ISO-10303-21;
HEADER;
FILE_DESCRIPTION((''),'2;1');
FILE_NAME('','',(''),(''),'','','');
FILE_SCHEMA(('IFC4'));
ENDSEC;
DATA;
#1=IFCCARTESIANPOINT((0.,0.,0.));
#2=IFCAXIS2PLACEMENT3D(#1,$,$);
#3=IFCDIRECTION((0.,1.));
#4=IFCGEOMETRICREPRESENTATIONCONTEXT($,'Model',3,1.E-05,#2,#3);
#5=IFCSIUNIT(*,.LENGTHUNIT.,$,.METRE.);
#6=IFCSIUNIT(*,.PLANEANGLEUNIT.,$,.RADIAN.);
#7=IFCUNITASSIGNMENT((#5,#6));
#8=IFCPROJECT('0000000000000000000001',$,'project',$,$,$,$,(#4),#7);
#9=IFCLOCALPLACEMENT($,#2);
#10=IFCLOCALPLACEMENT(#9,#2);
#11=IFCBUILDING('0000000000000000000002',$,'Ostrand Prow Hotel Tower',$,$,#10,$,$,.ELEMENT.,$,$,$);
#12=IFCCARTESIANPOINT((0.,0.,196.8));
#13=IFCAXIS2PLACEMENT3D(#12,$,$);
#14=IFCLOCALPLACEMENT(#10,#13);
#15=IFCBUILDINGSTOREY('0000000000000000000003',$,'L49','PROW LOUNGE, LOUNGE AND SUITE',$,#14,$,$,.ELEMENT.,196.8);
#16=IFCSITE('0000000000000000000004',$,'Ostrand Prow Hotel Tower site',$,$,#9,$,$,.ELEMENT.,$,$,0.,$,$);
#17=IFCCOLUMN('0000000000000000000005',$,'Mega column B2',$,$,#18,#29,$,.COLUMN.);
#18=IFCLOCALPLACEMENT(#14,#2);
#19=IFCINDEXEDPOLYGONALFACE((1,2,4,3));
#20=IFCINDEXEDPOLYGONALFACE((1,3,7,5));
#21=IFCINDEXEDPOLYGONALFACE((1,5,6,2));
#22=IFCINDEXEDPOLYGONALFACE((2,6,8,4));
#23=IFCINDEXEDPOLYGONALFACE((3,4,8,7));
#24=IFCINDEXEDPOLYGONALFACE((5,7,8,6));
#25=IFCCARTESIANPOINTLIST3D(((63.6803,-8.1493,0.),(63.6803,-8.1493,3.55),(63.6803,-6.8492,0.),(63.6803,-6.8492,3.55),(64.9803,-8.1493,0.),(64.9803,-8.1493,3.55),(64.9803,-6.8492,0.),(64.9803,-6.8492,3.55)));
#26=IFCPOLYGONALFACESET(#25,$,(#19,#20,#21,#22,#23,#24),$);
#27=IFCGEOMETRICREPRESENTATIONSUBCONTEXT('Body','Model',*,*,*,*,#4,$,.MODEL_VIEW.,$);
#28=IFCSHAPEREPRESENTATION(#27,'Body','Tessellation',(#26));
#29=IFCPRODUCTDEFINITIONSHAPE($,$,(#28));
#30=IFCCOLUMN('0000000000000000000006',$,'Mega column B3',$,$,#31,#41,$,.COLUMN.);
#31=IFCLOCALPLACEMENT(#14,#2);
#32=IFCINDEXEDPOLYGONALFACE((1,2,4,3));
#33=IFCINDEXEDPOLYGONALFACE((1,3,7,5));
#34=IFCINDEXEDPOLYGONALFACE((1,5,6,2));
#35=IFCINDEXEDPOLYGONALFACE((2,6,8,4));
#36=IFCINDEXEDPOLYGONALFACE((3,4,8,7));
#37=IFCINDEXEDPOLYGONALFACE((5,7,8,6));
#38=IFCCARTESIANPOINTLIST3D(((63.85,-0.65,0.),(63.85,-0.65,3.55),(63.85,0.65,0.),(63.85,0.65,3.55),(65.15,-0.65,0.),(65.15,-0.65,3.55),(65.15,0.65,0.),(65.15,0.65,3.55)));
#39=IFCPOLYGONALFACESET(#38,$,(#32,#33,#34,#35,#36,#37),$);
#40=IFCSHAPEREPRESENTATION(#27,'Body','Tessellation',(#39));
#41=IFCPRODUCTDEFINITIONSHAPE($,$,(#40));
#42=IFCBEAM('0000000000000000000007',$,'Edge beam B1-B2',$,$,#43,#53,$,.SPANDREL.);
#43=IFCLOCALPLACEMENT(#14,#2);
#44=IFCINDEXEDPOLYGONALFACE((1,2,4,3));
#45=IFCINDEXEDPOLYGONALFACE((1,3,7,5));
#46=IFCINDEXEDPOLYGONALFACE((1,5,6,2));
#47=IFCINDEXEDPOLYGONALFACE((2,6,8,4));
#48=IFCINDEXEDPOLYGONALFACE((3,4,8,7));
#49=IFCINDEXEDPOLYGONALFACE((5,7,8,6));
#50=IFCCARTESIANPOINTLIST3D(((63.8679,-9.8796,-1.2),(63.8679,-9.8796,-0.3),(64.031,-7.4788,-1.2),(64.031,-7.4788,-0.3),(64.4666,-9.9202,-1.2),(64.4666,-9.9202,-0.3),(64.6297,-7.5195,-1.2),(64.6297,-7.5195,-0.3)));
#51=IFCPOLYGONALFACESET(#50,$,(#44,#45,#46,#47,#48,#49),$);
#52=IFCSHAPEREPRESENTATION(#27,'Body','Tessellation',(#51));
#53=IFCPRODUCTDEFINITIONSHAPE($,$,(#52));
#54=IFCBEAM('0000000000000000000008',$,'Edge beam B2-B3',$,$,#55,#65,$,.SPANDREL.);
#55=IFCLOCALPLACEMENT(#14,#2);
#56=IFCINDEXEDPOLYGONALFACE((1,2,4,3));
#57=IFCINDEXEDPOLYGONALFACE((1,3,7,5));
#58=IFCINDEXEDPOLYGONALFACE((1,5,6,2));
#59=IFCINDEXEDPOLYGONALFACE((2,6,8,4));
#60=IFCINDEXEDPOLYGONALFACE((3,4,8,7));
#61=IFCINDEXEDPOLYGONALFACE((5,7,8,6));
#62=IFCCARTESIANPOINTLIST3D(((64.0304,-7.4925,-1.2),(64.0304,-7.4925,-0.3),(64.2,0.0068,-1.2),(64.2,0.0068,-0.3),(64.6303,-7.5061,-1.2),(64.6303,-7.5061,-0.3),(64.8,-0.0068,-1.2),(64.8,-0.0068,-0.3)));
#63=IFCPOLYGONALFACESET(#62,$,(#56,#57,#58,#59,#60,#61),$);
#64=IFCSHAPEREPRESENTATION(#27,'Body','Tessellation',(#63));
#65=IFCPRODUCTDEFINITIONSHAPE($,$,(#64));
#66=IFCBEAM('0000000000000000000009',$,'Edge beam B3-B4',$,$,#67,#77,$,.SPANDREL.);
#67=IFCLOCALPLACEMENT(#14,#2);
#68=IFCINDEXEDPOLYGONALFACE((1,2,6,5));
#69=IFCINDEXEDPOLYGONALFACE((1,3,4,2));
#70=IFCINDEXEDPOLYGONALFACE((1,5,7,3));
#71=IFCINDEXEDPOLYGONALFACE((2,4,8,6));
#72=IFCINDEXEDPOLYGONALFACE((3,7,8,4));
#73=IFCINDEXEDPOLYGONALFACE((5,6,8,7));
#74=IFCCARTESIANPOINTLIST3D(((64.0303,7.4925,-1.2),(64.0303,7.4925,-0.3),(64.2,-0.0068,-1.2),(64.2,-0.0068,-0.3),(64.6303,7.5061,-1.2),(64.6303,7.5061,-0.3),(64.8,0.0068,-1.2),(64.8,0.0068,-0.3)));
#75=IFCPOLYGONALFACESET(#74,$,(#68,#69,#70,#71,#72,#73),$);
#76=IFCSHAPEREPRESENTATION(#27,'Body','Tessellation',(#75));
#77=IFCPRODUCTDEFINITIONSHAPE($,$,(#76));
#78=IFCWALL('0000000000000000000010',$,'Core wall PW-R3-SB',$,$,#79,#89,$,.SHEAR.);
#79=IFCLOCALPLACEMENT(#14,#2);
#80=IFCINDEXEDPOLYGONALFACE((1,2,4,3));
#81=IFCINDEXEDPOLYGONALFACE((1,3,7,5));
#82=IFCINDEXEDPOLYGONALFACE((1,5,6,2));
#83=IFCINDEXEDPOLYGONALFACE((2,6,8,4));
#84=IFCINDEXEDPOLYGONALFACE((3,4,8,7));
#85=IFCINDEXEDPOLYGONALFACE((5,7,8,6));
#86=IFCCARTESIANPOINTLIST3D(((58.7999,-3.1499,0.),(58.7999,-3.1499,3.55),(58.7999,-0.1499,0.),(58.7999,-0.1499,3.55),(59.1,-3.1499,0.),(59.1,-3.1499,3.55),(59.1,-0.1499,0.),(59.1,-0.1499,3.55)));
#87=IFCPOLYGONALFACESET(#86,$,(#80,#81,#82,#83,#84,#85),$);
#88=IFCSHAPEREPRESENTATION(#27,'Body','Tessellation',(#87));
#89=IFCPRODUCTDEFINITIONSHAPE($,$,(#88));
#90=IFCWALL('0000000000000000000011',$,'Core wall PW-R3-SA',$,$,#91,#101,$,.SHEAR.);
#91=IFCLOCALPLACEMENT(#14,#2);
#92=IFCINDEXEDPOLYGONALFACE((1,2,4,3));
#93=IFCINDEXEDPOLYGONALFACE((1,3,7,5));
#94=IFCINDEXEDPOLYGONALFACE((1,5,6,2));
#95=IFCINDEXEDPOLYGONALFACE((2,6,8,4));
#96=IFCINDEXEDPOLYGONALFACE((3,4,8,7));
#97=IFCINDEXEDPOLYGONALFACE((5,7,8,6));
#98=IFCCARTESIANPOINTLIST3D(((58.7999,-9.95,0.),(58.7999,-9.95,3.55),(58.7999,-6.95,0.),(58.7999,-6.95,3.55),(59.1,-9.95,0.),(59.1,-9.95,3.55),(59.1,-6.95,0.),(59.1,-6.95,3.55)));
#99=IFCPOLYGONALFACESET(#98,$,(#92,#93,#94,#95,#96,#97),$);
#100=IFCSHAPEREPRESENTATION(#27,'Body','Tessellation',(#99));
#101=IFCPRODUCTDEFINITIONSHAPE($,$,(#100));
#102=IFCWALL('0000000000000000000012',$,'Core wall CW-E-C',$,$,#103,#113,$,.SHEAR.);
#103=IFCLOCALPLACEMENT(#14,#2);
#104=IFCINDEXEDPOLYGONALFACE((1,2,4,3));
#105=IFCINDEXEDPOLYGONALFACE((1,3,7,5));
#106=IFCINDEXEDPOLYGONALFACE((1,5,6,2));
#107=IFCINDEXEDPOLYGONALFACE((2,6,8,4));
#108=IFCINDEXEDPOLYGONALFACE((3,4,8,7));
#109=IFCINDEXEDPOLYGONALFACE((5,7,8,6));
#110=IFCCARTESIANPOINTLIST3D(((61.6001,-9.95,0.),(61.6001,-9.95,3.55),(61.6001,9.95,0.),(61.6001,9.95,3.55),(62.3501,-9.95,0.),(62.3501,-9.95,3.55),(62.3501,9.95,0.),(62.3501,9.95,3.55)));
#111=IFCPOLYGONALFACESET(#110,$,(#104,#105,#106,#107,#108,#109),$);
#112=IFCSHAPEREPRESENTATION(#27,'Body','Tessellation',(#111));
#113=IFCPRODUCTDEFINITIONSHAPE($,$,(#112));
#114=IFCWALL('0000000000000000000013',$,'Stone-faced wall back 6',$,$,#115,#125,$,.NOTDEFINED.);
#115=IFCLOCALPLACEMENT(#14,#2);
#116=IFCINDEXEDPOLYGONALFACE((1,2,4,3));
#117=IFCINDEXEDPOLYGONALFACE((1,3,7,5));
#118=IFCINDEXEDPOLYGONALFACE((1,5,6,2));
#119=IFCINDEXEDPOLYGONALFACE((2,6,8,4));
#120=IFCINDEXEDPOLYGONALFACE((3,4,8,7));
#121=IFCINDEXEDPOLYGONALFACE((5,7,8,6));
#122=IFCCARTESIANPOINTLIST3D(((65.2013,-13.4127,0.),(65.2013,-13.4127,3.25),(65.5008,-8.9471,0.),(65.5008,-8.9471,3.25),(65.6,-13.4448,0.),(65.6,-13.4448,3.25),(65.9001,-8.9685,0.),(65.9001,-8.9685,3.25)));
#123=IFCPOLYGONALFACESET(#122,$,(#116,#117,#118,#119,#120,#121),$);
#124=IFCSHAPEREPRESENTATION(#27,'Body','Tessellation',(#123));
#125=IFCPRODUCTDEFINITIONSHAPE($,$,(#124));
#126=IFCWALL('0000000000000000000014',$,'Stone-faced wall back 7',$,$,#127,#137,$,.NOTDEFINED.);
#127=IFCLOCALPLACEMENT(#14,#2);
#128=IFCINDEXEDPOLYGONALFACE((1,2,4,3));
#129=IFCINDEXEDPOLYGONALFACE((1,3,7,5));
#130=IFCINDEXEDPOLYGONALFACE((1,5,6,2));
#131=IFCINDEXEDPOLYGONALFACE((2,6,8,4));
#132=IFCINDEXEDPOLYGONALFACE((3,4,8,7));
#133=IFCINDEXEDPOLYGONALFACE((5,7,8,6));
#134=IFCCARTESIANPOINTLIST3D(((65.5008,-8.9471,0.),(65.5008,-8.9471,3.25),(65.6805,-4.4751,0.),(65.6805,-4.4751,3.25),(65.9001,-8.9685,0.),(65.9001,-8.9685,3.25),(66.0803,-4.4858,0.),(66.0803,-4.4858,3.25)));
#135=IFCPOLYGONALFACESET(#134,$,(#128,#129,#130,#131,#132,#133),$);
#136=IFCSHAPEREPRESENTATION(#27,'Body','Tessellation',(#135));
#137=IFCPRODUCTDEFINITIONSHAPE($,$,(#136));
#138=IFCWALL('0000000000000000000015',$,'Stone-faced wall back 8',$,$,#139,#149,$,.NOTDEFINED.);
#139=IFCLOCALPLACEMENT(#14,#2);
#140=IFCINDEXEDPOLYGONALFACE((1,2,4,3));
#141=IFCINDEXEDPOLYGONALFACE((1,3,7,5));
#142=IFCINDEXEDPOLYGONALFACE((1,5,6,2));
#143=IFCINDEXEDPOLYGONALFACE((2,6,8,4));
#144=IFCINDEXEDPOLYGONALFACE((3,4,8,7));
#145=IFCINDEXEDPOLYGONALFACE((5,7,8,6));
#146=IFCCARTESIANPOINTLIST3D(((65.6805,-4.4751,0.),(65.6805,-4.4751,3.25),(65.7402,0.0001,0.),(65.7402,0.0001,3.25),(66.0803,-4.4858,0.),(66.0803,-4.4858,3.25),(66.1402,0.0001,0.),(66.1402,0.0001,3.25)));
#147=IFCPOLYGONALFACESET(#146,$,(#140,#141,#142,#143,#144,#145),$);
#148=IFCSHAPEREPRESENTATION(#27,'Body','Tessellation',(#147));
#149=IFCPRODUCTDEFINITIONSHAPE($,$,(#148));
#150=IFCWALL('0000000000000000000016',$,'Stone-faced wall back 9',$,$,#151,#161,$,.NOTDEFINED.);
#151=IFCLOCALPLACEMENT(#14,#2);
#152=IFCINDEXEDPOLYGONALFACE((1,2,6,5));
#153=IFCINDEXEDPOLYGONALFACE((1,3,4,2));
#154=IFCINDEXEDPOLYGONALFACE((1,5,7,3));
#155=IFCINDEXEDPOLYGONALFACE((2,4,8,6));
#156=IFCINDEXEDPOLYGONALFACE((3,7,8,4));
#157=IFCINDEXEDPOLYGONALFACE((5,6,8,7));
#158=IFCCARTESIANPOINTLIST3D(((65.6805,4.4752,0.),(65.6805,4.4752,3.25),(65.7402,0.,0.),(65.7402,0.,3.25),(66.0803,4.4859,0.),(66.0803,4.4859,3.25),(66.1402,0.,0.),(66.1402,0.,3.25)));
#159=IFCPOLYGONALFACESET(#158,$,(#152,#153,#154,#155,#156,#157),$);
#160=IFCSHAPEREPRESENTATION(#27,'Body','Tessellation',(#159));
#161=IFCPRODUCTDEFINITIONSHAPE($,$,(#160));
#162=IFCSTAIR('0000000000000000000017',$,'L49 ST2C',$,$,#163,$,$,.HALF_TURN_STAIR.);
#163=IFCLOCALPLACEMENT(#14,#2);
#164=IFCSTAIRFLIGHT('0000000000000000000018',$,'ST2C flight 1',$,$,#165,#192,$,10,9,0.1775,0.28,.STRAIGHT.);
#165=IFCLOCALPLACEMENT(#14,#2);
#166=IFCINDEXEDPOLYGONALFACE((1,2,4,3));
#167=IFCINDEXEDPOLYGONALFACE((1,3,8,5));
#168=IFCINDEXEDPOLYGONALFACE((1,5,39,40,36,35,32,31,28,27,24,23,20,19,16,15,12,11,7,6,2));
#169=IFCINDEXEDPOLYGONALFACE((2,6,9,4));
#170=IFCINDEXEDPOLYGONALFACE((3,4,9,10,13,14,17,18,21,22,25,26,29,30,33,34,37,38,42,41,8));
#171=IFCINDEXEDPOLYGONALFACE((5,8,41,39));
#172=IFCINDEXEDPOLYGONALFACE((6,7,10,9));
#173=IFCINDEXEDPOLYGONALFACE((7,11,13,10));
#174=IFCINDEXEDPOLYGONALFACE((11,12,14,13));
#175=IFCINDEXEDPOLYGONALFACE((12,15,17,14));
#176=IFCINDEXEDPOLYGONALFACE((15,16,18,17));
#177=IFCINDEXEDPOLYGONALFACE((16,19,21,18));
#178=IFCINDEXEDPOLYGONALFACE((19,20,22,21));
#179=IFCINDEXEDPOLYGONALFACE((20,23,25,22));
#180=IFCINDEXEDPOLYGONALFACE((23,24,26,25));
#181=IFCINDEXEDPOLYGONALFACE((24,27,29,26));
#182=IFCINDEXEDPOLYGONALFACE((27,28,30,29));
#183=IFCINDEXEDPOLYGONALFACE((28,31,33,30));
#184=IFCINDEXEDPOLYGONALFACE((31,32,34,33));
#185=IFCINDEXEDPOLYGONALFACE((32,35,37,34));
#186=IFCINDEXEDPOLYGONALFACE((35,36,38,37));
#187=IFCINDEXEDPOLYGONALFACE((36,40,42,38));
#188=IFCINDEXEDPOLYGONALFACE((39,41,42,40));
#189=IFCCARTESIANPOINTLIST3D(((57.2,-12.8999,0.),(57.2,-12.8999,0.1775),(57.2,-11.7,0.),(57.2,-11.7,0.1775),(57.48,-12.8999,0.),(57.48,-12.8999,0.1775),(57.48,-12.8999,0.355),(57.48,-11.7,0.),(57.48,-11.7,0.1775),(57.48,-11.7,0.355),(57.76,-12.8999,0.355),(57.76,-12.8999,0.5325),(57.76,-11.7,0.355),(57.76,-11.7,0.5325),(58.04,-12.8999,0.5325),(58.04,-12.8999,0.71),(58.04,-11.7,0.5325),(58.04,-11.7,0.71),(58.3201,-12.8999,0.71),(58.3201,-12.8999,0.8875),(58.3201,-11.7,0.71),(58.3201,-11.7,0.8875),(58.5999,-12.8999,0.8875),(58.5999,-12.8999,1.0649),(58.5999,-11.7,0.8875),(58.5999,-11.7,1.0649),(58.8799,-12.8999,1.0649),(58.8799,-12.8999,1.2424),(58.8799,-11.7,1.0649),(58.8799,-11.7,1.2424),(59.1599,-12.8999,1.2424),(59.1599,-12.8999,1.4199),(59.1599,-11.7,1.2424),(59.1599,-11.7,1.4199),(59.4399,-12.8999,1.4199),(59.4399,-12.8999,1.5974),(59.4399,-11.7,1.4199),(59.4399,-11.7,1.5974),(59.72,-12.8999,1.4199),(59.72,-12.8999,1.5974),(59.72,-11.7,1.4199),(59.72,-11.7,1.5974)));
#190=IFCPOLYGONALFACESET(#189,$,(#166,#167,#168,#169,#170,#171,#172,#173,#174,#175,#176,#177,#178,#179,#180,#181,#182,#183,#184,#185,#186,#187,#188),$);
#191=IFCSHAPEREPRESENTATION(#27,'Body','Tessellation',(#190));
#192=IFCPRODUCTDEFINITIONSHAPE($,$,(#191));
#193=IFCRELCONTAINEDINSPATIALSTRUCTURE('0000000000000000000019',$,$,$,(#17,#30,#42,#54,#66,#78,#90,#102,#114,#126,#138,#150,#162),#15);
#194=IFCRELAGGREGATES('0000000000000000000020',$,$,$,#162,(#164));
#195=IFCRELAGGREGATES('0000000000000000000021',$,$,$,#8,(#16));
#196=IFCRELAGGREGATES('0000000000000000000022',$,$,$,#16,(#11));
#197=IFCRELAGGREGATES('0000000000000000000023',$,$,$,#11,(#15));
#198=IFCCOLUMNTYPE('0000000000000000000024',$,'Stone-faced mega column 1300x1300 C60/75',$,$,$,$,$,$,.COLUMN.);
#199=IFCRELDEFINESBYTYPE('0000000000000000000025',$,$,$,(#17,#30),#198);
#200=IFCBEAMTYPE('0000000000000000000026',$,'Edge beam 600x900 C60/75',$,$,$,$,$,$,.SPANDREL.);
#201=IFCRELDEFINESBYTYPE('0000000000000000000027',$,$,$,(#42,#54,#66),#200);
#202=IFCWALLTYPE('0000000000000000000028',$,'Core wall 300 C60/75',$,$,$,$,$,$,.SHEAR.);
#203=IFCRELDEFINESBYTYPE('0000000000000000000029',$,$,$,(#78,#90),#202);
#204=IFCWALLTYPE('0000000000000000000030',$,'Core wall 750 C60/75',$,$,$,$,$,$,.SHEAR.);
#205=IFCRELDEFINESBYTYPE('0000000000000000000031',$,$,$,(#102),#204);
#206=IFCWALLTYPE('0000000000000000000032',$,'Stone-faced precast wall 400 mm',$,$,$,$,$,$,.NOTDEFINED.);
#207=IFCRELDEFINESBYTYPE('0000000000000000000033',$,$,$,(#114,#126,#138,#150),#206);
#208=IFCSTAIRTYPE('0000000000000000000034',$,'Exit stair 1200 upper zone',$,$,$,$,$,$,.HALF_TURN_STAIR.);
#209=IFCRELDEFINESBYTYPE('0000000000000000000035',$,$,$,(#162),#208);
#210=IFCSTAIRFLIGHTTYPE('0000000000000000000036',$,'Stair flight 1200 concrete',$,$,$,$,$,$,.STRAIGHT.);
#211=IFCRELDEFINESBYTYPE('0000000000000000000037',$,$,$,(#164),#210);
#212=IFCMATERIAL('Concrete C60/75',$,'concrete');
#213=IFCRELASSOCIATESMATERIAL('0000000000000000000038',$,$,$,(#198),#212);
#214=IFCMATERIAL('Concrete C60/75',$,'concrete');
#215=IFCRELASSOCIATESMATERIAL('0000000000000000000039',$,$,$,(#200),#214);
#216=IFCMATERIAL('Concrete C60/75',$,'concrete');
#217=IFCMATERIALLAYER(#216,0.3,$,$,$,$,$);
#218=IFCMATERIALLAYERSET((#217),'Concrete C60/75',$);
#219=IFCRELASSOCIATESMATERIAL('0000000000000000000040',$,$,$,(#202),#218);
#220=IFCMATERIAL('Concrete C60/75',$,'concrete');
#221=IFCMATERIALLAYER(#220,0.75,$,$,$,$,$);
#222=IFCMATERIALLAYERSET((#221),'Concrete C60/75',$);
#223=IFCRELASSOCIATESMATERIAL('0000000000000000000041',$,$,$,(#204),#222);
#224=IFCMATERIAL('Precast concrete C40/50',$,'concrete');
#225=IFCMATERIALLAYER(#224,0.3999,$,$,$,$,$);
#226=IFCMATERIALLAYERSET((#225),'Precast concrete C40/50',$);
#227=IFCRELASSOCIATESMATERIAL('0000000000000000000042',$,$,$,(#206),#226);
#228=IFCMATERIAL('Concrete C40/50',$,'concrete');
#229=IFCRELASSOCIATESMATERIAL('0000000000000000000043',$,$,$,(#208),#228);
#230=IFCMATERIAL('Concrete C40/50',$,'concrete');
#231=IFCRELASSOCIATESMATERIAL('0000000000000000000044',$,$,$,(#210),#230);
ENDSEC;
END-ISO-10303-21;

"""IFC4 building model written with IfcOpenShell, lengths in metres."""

from ifc_helpers import new_model, si_unit, direction, frame, frame_2d, origin, origin_2d, place, context, subcontext, project, spatial, polyline, rectangle, outline, extrude, material, layer, layer_set, material_profile, profile_set, type_object, element, aggregate, save


model = new_model("IFC4")

# Units and contexts
model_context = context("Model", 3, precision=1e-05, world=origin(), true_north=direction((0.0, 1.0)))
body_context = subcontext(model_context, "Body", "Model", "MODEL_VIEW")
ifc_project = project(units=[si_unit("LENGTHUNIT", "METRE"), si_unit("PLANEANGLEUNIT", "RADIAN")], contexts=[model_context])

# Site, building, storey
site_placement = place(None, origin())
site = spatial("IfcSite", under=ifc_project, at=site_placement, Name="Ostrand Prow Hotel Tower site", CompositionType="ELEMENT", RefElevation=0.0)
building_placement = place(site_placement, origin())
building = spatial("IfcBuilding", under=site, at=building_placement, Name="Ostrand Prow Hotel Tower", CompositionType="ELEMENT")
storey_placement = place(building_placement, frame((0.0, 0.0, 196.8)))
storey = spatial("IfcBuildingStorey", under=building, at=storey_placement, Name="L49", Description="PROW LOUNGE, LOUNGE AND SUITE", CompositionType="ELEMENT", Elevation=196.8)

# Columns
ifc_material_1 = material(Name="Concrete C60/75", Category="concrete")
ifc_material_profile_1 = material_profile(ifc_material_1, rectangle(XDim=1.3, YDim=1.3, at=origin_2d()), Name="RC 1300x1300")
ifc_profile_set_1 = profile_set([ifc_material_profile_1], Name="Concrete C60/75")
column_type = type_object("IfcColumnType", Name="Stone-faced mega column 1300x1300 C60/75", PredefinedType="COLUMN", material=ifc_profile_set_1)
for number, where, z_axis, x_axis, name in (
    (1, (64.3303, -7.4993, 0.0), (0.0, 0.0, 1.0), (1.0, 0.0, 0.0), "Mega column B2"),
    (2, (64.5, 0.0, 0.0), (0.0, 0.0, 1.0), (1.0, 0.0, 0.0), "Mega column B3"),
):
    element("IfcColumn", number, at=place(storey_placement, frame(where, z_axis=z_axis, x_axis=x_axis)), inside=storey, type_object=column_type, Name=name, PredefinedType="COLUMN", context=body_context, shape_type="SweptSolid", body=[
        extrude(rectangle(XDim=1.3, YDim=1.3, at=origin_2d()), origin(), (0.0, 0.0, 1.0), 3.55),
    ])

# Beams
ifc_material_2 = material(Name="Concrete C60/75", Category="concrete")
ifc_material_profile_2 = material_profile(ifc_material_2, rectangle(XDim=0.6001, YDim=0.8999, at=origin_2d()), Name="RC 600x900")
ifc_profile_set_2 = profile_set([ifc_material_profile_2], Name="Concrete C60/75")
beam_type = type_object("IfcBeamType", Name="Edge beam 600x900 C60/75", PredefinedType="SPANDREL", material=ifc_profile_set_2)
beam_placement = place(storey_placement, frame((64.1672, -9.8999, -0.75), z_axis=(0.067778, 0.9977, 0.0), x_axis=(-0.9977, 0.067778, 0.0)))
element("IfcBeam", 3, at=beam_placement, inside=storey, type_object=beam_type, Name="Edge beam B1-B2", PredefinedType="SPANDREL", context=body_context, shape_type="SweptSolid", body=[
    extrude(rectangle(XDim=0.6001, YDim=0.8999, at=origin_2d()), origin(), (0.0, 0.0, 1.0), 2.4062),
])
for number, where, z_axis, x_axis, name in (
    (4, (64.3303, -7.4993, -0.75), (0.02262, 0.999744, 0.0), (-0.999744, 0.02262, 0.0), "Edge beam B2-B3"),
    (5, (64.5, 0.0, -0.75), (-0.02262, 0.999744, 0.0), (-0.999744, -0.02262, 0.0), "Edge beam B3-B4"),
):
    element("IfcBeam", number, at=place(storey_placement, frame(where, z_axis=z_axis, x_axis=x_axis)), inside=storey, type_object=beam_type, Name=name, PredefinedType="SPANDREL", context=body_context, shape_type="SweptSolid", body=[
        extrude(rectangle(XDim=0.6001, YDim=0.8999, at=origin_2d()), origin(), (0.0, 0.0, 1.0), 7.5012),
    ])

# Walls
ifc_material_3 = material(Name="Concrete C60/75", Category="concrete")
ifc_layer_1 = layer(ifc_material_3, 0.3)
ifc_layer_set_1 = layer_set([ifc_layer_1], Name="Concrete C60/75")
wall_type_1 = type_object("IfcWallType", Name="Core wall 300 C60/75", PredefinedType="SHEAR", material=ifc_layer_set_1)
for number, where, z_axis, x_axis, name in (
    (6, (58.95, -3.1499, 0.0), (0.0, 0.0, 1.0), (0.0, 1.0, 0.0), "Core wall PW-R3-SB"),
    (7, (58.95, -9.95, 0.0), (0.0, 0.0, 1.0), (0.0, 1.0, 0.0), "Core wall PW-R3-SA"),
):
    element("IfcWall", number, at=place(storey_placement, frame(where, z_axis=z_axis, x_axis=x_axis)), inside=storey, type_object=wall_type_1, Name=name, PredefinedType="SHEAR", context=body_context, shape_type="SweptSolid", body=[
        extrude(rectangle(XDim=3.0, YDim=0.3, at=frame_2d((1.5, 0.0))), origin(), (0.0, 0.0, 1.0), 3.55),
    ])
ifc_material_4 = material(Name="Concrete C60/75", Category="concrete")
ifc_layer_2 = layer(ifc_material_4, 0.75)
ifc_layer_set_2 = layer_set([ifc_layer_2], Name="Concrete C60/75")
wall_type_2 = type_object("IfcWallType", Name="Core wall 750 C60/75", PredefinedType="SHEAR", material=ifc_layer_set_2)
wall_placement = place(storey_placement, frame((61.9751, -9.95, 0.0), z_axis=(0.0, 0.0, 1.0), x_axis=(0.0, 1.0, 0.0)))
element("IfcWall", 8, at=wall_placement, inside=storey, type_object=wall_type_2, Name="Core wall CW-E-C", PredefinedType="SHEAR", context=body_context, shape_type="SweptSolid", body=[
    extrude(rectangle(XDim=19.8999, YDim=0.75, at=frame_2d((9.95, 0.0))), origin(), (0.0, 0.0, 1.0), 3.55),
])
ifc_material_5 = material(Name="Precast concrete C40/50", Category="concrete")
ifc_layer_3 = layer(ifc_material_5, 0.3999)
ifc_layer_set_3 = layer_set([ifc_layer_3], Name="Precast concrete C40/50")
wall_type_3 = type_object("IfcWallType", Name="Stone-faced precast wall 400 mm", PredefinedType="NOTDEFINED", material=ifc_layer_set_3)
for number, where, z_axis, x_axis, name in (
    (9, (65.4006, -13.4287, 0.0), (0.0, 0.0, 1.0), (0.066906, 0.997759, 0.0), "Stone-faced wall back 6"),
    (10, (65.7004, -8.9578, 0.0), (0.0, 0.0, 1.0), (0.040155, 0.999193, 0.0), "Stone-faced wall back 7"),
    (11, (65.8804, -4.4805, 0.0), (0.0, 0.0, 1.0), (0.013349, 0.999911, 0.0), "Stone-faced wall back 8"),
    (12, (65.9402, 0.0, 0.0), (0.0, 0.0, 1.0), (-0.013349, 0.999911, 0.0), "Stone-faced wall back 9"),
):
    element("IfcWall", number, at=place(storey_placement, frame(where, z_axis=z_axis, x_axis=x_axis)), inside=storey, type_object=wall_type_3, Name=name, PredefinedType="NOTDEFINED", context=body_context, shape_type="SweptSolid", body=[
        extrude(outline(polyline([(-0.0027, -0.2), (4.4836, -0.2), (4.4783, 0.2), (0.0027, 0.2), (-0.0027, -0.2)])), origin(), (0.0, 0.0, 1.0), 3.25),
    ])

# Stair, stair flight
ifc_material_6 = material(Name="Concrete C40/50", Category="concrete")
stair_type = type_object("IfcStairType", Name="Exit stair 1200 upper zone", PredefinedType="HALF_TURN_STAIR", material=ifc_material_6)
stair_placement = place(storey_placement, origin())
stair = element("IfcStair", 13, at=stair_placement, inside=storey, type_object=stair_type, Name="L49 ST2C", PredefinedType="HALF_TURN_STAIR")
ifc_material_7 = material(Name="Concrete C40/50", Category="concrete")
stair_flight_type = type_object("IfcStairFlightType", Name="Stair flight 1200 concrete", PredefinedType="STRAIGHT", material=ifc_material_7)
stair_flight_1_placement = place(storey_placement, frame((57.2, -12.3, 0.0), z_axis=(0.0, 0.0, 1.0), x_axis=(1.0, 0.0, 0.0)))
stair_flight_1 = element("IfcStairFlight", 14, at=stair_flight_1_placement, type_object=stair_flight_type, Name="ST2C flight 1", NumberOfRisers=10, NumberOfTreads=9, PredefinedType="STRAIGHT", RiserHeight=0.1775, TreadLength=0.28, context=body_context, shape_type="SweptSolid", body=[
    extrude(outline(polyline([(0.0, 0.0), (0.0, 0.1775), (0.28, 0.1775), (0.28, 0.355), (0.5601, 0.355), (0.5601, 0.5325), (0.8401, 0.5325), (0.8401, 0.71), (1.1201, 0.71), (1.1201, 0.8875), (1.3999, 0.8875), (1.3999, 1.0649), (1.6799, 1.0649), (1.6799, 1.2424), (1.96, 1.2424), (1.96, 1.4199), (2.24, 1.4199), (2.24, 1.5974), (2.52, 1.5974), (2.52, 1.7749), (2.52, 1.4199), (0.28, 0.0), (0.0, 0.0)])), frame((0.0, 0.6001, 0.0), z_axis=(0.0, -1.0, 0.0), x_axis=(1.0, 0.0, 0.0)), (0.0, 0.0, 1.0), 1.2),
])
aggregate(stair, [stair_flight_1])

save(model, "model.ifc")
